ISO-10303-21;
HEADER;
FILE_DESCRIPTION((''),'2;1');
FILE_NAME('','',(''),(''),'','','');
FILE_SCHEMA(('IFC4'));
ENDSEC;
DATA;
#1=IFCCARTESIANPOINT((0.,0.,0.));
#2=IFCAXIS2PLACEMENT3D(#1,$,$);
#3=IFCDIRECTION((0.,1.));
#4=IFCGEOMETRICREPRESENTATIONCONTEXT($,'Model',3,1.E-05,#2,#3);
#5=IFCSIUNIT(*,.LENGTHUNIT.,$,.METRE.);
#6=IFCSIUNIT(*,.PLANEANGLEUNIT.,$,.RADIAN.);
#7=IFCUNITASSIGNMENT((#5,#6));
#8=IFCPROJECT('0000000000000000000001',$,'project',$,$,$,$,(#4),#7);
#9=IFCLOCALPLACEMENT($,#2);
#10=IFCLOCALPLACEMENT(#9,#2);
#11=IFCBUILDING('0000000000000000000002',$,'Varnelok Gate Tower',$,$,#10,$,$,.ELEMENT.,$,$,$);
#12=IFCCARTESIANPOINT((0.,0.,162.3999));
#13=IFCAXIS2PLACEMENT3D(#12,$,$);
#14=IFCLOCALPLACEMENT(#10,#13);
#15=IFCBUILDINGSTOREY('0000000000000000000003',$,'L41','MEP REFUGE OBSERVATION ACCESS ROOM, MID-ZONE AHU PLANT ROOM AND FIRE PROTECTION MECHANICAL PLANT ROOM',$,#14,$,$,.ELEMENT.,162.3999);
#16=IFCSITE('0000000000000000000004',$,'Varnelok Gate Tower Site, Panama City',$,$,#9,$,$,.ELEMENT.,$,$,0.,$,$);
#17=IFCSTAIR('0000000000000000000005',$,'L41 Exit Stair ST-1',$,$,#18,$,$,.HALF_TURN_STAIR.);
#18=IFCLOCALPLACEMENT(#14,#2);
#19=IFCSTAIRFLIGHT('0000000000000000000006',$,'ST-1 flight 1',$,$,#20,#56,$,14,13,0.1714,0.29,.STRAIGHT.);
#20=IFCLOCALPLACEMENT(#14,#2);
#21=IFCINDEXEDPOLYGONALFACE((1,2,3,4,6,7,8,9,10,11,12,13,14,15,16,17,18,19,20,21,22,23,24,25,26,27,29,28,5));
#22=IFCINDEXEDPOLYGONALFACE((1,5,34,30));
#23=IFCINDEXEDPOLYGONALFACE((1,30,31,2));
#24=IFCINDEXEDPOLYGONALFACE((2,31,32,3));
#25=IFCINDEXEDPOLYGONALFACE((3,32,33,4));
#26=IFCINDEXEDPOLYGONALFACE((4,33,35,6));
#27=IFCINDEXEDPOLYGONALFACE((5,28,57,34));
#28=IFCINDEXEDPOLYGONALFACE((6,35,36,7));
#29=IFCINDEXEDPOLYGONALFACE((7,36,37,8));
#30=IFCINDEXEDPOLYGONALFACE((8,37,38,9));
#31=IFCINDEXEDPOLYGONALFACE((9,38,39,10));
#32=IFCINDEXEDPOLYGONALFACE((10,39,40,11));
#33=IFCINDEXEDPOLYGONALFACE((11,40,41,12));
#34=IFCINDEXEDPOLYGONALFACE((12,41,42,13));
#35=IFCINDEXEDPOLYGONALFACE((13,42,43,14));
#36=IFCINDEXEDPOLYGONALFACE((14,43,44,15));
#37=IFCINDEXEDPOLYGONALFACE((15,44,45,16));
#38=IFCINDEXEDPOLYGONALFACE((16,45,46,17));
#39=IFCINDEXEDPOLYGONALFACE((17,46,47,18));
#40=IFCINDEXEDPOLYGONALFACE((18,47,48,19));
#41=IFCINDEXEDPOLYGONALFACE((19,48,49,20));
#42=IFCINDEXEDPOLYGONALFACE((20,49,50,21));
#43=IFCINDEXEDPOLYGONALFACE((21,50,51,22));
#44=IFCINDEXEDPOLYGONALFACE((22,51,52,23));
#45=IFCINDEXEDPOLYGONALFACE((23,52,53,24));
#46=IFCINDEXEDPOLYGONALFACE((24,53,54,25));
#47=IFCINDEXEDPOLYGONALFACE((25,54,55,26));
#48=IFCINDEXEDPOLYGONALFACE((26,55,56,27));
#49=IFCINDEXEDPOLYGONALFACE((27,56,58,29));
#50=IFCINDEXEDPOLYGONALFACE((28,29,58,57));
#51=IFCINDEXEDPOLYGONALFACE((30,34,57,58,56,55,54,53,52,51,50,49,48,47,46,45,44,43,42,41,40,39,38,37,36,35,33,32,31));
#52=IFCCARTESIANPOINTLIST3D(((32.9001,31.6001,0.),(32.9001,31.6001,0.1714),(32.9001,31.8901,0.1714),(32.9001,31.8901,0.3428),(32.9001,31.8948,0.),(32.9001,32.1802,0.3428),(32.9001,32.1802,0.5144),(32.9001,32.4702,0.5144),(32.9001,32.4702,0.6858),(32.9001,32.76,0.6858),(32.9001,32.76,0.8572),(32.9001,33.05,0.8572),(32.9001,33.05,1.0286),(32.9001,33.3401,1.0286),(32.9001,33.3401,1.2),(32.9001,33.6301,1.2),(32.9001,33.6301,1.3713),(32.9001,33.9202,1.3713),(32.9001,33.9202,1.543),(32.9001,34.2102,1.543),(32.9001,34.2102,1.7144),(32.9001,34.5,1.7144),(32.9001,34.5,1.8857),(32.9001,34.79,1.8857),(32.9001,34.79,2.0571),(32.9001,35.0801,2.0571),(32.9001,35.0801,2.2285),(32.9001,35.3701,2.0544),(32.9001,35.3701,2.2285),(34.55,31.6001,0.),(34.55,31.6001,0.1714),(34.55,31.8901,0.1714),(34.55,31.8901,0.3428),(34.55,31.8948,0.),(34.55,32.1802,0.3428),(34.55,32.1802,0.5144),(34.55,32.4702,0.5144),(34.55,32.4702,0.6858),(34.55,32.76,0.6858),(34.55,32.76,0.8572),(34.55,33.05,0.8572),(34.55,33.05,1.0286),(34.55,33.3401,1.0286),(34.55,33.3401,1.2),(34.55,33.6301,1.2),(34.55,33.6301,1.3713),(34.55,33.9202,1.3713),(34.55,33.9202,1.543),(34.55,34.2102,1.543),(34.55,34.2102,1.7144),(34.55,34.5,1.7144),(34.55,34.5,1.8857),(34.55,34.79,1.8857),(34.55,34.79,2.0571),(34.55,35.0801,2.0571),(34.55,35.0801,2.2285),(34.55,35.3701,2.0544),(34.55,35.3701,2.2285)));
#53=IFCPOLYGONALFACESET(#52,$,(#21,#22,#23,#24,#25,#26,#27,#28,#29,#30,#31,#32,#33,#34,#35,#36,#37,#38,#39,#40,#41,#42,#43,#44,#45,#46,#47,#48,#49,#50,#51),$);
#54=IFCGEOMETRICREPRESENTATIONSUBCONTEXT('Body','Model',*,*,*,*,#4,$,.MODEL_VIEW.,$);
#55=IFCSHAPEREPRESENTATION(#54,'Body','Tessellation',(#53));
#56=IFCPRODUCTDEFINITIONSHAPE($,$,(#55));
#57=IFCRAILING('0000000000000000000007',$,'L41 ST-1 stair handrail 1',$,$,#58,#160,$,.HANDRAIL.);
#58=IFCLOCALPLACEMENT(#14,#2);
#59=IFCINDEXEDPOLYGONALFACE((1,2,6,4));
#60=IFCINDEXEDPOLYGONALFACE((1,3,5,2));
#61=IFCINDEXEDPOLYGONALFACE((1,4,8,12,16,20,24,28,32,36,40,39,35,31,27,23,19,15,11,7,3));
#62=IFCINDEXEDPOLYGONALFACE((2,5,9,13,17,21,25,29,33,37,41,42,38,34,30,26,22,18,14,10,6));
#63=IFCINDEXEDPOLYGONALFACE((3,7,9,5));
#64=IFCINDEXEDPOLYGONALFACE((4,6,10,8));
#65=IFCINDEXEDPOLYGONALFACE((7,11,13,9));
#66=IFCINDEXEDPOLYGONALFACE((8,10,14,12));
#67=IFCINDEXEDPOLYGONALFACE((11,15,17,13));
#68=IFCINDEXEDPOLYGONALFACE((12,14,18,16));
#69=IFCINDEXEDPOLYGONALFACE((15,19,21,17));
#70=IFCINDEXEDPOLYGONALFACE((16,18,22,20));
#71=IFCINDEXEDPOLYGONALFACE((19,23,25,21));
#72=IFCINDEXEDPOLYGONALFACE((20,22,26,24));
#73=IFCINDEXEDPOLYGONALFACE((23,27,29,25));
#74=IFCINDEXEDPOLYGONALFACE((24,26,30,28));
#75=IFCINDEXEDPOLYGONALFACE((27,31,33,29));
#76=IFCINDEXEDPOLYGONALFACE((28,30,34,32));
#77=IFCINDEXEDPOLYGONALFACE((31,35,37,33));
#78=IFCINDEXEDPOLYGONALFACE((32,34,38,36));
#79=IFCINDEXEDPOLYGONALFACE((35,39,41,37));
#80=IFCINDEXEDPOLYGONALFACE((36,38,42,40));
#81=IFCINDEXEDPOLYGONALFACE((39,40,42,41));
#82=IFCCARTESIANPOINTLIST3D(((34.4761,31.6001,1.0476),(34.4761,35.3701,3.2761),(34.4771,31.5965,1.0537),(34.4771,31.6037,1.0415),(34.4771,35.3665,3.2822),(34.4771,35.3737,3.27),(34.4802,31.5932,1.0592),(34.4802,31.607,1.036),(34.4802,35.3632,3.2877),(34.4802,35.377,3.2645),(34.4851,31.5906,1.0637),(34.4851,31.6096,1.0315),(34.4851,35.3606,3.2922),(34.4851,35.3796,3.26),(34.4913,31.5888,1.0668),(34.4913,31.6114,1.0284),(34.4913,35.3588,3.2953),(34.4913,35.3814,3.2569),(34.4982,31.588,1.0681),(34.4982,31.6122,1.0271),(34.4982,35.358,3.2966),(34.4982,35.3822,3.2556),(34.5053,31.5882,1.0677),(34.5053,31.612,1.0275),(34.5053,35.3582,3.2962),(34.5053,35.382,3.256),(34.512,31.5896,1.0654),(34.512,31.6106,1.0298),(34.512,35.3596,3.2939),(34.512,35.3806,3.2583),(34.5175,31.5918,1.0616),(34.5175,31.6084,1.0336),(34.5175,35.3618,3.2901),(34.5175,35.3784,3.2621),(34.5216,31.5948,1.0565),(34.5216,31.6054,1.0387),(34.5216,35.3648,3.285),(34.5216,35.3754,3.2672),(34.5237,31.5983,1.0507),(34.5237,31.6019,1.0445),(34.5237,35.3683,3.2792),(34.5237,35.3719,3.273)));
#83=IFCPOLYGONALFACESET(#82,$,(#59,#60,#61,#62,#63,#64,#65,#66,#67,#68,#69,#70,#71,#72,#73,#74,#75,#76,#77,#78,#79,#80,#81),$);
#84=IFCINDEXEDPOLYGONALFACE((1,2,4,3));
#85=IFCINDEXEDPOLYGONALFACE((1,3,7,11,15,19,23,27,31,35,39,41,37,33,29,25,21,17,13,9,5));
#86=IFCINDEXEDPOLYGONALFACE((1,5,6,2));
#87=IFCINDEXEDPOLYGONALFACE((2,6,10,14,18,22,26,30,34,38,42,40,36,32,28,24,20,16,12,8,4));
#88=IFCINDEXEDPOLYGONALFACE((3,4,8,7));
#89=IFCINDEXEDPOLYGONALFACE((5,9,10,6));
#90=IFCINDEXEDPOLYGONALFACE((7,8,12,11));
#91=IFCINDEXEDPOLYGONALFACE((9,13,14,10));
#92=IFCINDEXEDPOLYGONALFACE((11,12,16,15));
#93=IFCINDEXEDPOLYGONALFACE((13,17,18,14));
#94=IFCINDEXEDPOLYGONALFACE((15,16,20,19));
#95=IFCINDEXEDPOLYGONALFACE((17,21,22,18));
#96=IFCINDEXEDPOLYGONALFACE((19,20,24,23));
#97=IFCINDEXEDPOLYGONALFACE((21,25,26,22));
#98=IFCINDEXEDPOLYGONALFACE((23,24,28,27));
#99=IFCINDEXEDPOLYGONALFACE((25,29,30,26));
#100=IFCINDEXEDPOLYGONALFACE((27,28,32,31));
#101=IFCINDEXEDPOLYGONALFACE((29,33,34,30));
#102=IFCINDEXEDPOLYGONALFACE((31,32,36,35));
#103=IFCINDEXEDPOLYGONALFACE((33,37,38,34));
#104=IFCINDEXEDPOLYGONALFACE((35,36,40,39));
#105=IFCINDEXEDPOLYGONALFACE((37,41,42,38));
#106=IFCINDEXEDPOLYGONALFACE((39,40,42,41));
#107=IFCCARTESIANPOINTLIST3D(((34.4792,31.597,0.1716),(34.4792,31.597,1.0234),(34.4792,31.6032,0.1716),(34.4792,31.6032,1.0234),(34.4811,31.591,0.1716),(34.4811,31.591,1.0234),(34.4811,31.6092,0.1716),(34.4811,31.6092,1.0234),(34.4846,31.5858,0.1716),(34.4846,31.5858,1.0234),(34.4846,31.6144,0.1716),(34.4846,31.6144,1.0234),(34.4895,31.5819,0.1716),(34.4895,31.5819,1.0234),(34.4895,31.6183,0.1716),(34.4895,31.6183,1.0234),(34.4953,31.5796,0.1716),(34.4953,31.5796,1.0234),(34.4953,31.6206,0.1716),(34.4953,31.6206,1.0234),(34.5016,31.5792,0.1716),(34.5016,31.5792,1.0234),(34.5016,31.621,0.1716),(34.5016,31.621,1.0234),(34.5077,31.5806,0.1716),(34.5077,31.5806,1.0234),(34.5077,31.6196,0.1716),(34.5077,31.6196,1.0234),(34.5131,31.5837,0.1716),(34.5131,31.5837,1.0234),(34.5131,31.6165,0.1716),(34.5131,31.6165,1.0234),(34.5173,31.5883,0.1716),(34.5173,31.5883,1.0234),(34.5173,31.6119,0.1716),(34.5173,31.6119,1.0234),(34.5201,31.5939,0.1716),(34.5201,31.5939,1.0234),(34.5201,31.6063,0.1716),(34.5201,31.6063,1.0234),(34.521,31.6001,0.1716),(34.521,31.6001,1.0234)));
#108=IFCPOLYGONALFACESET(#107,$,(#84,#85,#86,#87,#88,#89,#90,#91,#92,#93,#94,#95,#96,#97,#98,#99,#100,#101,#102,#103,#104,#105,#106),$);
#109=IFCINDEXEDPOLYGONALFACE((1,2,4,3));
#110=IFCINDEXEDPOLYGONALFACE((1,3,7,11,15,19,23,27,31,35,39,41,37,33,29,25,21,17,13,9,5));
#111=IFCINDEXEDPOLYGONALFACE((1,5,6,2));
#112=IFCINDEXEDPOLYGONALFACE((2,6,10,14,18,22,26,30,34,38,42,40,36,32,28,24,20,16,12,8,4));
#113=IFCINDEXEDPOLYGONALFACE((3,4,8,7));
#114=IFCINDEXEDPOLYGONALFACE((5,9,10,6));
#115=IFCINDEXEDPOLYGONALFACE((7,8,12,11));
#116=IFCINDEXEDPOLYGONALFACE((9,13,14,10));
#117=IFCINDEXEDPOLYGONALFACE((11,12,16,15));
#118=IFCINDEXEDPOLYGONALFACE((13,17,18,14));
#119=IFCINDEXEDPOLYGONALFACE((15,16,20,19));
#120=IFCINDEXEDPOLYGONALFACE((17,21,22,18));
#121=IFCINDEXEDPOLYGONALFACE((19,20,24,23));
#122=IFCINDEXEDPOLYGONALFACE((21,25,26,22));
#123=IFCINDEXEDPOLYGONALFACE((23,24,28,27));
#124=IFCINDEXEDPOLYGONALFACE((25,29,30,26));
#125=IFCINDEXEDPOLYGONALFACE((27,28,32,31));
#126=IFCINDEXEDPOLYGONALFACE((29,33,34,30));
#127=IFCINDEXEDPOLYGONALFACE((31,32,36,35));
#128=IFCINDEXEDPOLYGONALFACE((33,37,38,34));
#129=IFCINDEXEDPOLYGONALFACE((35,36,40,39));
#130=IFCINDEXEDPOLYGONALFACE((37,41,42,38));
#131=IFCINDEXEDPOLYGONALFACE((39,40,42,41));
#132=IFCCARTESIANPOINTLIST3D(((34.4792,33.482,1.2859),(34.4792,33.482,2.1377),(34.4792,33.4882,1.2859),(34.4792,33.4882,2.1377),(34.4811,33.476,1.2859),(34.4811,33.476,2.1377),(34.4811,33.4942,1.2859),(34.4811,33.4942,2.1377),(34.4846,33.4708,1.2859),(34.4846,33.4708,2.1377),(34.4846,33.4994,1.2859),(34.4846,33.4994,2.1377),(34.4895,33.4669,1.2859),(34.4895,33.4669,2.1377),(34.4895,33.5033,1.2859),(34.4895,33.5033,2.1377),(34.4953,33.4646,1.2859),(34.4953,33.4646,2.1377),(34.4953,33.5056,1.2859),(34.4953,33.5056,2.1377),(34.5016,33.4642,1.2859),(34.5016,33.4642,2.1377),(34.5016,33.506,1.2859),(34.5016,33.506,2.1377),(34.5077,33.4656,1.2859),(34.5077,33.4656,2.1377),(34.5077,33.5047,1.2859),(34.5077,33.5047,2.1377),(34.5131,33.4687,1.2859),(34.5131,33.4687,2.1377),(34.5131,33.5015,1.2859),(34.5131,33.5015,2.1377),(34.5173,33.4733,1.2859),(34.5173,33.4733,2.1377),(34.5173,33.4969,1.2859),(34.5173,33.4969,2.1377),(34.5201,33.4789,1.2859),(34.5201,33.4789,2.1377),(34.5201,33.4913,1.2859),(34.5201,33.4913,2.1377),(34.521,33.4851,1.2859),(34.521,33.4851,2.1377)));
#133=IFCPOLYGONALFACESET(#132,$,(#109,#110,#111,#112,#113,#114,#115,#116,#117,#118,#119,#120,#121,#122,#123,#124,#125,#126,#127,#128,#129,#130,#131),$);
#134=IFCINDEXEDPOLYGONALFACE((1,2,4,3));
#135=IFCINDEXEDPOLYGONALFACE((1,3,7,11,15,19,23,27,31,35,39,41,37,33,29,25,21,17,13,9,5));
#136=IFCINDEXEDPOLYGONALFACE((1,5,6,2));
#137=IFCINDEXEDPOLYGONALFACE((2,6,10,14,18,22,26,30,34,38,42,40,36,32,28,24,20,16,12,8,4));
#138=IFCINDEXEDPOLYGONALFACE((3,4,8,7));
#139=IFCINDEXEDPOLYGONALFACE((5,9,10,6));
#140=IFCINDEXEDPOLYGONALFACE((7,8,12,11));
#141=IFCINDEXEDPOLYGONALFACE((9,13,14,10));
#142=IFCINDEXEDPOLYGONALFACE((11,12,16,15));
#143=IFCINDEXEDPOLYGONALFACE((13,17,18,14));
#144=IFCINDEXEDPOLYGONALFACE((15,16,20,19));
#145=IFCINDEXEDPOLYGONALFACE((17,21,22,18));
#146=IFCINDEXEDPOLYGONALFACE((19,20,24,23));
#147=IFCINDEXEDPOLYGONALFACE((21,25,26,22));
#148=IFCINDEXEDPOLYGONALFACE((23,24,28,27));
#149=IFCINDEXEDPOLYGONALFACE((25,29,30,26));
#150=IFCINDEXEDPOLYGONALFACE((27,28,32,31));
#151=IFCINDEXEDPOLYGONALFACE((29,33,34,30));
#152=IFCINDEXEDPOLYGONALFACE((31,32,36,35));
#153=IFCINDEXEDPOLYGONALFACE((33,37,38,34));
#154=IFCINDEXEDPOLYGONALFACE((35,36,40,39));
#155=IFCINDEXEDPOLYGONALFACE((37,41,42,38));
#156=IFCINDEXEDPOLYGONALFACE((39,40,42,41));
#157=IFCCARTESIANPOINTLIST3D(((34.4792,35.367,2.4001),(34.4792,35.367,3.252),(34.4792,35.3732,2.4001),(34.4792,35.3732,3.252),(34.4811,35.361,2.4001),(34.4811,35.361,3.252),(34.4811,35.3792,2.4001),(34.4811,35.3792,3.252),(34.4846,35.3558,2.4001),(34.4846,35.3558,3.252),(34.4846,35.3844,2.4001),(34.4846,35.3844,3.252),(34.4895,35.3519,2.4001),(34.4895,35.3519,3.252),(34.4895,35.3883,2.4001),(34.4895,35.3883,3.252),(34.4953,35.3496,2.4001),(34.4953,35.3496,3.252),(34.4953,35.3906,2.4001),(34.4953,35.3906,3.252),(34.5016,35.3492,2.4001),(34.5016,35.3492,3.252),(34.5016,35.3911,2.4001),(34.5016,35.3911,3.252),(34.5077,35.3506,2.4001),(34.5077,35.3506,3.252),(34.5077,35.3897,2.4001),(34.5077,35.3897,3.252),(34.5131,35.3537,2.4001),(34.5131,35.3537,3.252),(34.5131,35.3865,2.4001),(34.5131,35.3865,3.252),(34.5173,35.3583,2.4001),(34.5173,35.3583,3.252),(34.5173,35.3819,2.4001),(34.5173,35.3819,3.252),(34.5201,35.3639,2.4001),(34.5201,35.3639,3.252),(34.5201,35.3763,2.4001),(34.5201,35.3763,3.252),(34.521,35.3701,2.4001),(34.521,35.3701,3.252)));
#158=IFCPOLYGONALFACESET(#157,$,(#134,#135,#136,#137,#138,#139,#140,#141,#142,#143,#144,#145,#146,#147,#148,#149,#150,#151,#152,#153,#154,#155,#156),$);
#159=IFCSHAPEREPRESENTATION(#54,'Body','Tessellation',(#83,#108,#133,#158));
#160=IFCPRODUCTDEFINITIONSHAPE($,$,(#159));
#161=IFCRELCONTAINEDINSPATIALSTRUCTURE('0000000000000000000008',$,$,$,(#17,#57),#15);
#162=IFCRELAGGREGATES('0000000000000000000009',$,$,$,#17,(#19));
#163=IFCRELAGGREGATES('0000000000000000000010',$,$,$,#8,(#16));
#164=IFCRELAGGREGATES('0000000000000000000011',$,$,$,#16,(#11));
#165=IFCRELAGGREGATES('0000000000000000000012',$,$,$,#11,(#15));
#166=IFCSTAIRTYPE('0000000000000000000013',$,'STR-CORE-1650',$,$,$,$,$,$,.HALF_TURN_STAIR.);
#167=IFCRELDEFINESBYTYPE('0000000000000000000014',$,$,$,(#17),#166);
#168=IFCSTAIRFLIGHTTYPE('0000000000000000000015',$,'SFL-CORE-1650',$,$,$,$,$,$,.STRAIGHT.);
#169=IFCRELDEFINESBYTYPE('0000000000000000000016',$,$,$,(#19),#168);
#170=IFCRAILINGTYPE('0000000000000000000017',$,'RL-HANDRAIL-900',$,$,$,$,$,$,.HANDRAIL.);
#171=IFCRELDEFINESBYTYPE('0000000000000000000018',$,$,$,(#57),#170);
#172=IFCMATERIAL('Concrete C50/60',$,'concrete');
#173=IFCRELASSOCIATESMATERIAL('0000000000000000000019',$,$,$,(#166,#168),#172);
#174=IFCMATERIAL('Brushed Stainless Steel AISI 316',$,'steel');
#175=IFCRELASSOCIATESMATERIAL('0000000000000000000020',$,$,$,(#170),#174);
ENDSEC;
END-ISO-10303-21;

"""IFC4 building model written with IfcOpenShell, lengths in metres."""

from ifc_helpers import new_model, si_unit, direction, frame, origin, origin_2d, place, context, subcontext, project, spatial, polyline, circle, outline, extrude, material, type_object, element, aggregate, save


model = new_model("IFC4")

# Units and contexts
model_context = context("Model", 3, precision=1e-05, world=origin(), true_north=direction((0.0, 1.0)))
body_context = subcontext(model_context, "Body", "Model", "MODEL_VIEW")
ifc_project = project(units=[si_unit("LENGTHUNIT", "METRE"), si_unit("PLANEANGLEUNIT", "RADIAN")], contexts=[model_context])

# Site, building, storey
site_placement = place(None, origin())
site = spatial("IfcSite", under=ifc_project, at=site_placement, Name="Varnelok Gate Tower Site, Panama City", CompositionType="ELEMENT", RefElevation=0.0)
building_placement = place(site_placement, origin())
building = spatial("IfcBuilding", under=site, at=building_placement, Name="Varnelok Gate Tower", CompositionType="ELEMENT")
storey_placement = place(building_placement, frame((0.0, 0.0, 162.3999)))
storey = spatial("IfcBuildingStorey", under=building, at=storey_placement, Name="L41", Description="MEP REFUGE OBSERVATION ACCESS ROOM, MID-ZONE AHU PLANT ROOM AND FIRE PROTECTION MECHANICAL PLANT ROOM", CompositionType="ELEMENT", Elevation=162.3999)

# Stair, stair flight
ifc_material_1 = material(Name="Concrete C50/60", Category="concrete")
stair_type = type_object("IfcStairType", Name="STR-CORE-1650", PredefinedType="HALF_TURN_STAIR", material=ifc_material_1)
stair_placement = place(storey_placement, origin())
stair = element("IfcStair", 1, at=stair_placement, inside=storey, type_object=stair_type, Name="L41 Exit Stair ST-1", PredefinedType="HALF_TURN_STAIR")
stair_flight_type = type_object("IfcStairFlightType", Name="SFL-CORE-1650", PredefinedType="STRAIGHT", material=ifc_material_1)
stair_flight_placement = place(storey_placement, frame((33.7251, 31.6001, 0.0), z_axis=(0.0, 0.0, 1.0), x_axis=(0.0, 1.0, 0.0)))
stair_flight = element("IfcStairFlight", 2, at=stair_flight_placement, type_object=stair_flight_type, Name="ST-1 flight 1", NumberOfRisers=14, NumberOfTreads=13, PredefinedType="STRAIGHT", RiserHeight=0.1714, TreadLength=0.29, context=body_context, shape_type="SweptSolid", body=[
    extrude(outline(polyline([(0.0, 0.0), (0.0, 0.1714), (0.29, 0.1714), (0.29, 0.3428), (0.5801, 0.3428), (0.5801, 0.5144), (0.8701, 0.5144), (0.8701, 0.6858), (1.1599, 0.6858), (1.1599, 0.8572), (1.45, 0.8572), (1.45, 1.0286), (1.74, 1.0286), (1.74, 1.2), (2.03, 1.2), (2.03, 1.3713), (2.3201, 1.3713), (2.3201, 1.543), (2.6101, 1.543), (2.6101, 1.7144), (2.8999, 1.7144), (2.8999, 1.8857), (3.1899, 1.8857), (3.1899, 2.0571), (3.48, 2.0571), (3.48, 2.2285), (3.77, 2.2285), (3.77, 2.3999), (3.77, 2.0544), (0.2947, 0.0), (0.0, 0.0)])), frame((0.0, 0.825, 0.0), z_axis=(0.0, -1.0, 0.0), x_axis=(1.0, 0.0, 0.0)), (0.0, 0.0, 1.0), 1.6499),
])
aggregate(stair, [stair_flight])

# Railing
ifc_material_2 = material(Name="Brushed Stainless Steel AISI 316", Category="steel")
railing_type_1 = type_object("IfcRailingType", Name="RL-HANDRAIL-900", PredefinedType="HANDRAIL", material=ifc_material_2)
railing_1_placement = place(storey_placement, frame((34.5, 31.6001, 0.1716)))
element("IfcRailing", 3, at=railing_1_placement, inside=storey, type_object=railing_type_1, Name="L41 ST-1 stair handrail 1", PredefinedType="HANDRAIL", context=body_context, shape_type="SweptSolid", body=[
    extrude(circle(Radius=0.0239, at=origin_2d()), frame((0.0, 0.0, 0.876), z_axis=(0.0, 0.860849, 0.508861), x_axis=(-1.0, 0.0, 0.0)), (0.0, 0.0, 1.0), 4.3794),
    extrude(circle(Radius=0.021, at=origin_2d()), origin(), (0.0, 0.0, 1.0), 0.8518),
    extrude(circle(Radius=0.021, at=origin_2d()), frame((0.0, 1.885, 1.1143)), (0.0, 0.0, 1.0), 0.8518),
    extrude(circle(Radius=0.021, at=origin_2d()), frame((0.0, 3.77, 2.2285)), (0.0, 0.0, 1.0), 0.8518),
])

save(model, "model.ifc")
